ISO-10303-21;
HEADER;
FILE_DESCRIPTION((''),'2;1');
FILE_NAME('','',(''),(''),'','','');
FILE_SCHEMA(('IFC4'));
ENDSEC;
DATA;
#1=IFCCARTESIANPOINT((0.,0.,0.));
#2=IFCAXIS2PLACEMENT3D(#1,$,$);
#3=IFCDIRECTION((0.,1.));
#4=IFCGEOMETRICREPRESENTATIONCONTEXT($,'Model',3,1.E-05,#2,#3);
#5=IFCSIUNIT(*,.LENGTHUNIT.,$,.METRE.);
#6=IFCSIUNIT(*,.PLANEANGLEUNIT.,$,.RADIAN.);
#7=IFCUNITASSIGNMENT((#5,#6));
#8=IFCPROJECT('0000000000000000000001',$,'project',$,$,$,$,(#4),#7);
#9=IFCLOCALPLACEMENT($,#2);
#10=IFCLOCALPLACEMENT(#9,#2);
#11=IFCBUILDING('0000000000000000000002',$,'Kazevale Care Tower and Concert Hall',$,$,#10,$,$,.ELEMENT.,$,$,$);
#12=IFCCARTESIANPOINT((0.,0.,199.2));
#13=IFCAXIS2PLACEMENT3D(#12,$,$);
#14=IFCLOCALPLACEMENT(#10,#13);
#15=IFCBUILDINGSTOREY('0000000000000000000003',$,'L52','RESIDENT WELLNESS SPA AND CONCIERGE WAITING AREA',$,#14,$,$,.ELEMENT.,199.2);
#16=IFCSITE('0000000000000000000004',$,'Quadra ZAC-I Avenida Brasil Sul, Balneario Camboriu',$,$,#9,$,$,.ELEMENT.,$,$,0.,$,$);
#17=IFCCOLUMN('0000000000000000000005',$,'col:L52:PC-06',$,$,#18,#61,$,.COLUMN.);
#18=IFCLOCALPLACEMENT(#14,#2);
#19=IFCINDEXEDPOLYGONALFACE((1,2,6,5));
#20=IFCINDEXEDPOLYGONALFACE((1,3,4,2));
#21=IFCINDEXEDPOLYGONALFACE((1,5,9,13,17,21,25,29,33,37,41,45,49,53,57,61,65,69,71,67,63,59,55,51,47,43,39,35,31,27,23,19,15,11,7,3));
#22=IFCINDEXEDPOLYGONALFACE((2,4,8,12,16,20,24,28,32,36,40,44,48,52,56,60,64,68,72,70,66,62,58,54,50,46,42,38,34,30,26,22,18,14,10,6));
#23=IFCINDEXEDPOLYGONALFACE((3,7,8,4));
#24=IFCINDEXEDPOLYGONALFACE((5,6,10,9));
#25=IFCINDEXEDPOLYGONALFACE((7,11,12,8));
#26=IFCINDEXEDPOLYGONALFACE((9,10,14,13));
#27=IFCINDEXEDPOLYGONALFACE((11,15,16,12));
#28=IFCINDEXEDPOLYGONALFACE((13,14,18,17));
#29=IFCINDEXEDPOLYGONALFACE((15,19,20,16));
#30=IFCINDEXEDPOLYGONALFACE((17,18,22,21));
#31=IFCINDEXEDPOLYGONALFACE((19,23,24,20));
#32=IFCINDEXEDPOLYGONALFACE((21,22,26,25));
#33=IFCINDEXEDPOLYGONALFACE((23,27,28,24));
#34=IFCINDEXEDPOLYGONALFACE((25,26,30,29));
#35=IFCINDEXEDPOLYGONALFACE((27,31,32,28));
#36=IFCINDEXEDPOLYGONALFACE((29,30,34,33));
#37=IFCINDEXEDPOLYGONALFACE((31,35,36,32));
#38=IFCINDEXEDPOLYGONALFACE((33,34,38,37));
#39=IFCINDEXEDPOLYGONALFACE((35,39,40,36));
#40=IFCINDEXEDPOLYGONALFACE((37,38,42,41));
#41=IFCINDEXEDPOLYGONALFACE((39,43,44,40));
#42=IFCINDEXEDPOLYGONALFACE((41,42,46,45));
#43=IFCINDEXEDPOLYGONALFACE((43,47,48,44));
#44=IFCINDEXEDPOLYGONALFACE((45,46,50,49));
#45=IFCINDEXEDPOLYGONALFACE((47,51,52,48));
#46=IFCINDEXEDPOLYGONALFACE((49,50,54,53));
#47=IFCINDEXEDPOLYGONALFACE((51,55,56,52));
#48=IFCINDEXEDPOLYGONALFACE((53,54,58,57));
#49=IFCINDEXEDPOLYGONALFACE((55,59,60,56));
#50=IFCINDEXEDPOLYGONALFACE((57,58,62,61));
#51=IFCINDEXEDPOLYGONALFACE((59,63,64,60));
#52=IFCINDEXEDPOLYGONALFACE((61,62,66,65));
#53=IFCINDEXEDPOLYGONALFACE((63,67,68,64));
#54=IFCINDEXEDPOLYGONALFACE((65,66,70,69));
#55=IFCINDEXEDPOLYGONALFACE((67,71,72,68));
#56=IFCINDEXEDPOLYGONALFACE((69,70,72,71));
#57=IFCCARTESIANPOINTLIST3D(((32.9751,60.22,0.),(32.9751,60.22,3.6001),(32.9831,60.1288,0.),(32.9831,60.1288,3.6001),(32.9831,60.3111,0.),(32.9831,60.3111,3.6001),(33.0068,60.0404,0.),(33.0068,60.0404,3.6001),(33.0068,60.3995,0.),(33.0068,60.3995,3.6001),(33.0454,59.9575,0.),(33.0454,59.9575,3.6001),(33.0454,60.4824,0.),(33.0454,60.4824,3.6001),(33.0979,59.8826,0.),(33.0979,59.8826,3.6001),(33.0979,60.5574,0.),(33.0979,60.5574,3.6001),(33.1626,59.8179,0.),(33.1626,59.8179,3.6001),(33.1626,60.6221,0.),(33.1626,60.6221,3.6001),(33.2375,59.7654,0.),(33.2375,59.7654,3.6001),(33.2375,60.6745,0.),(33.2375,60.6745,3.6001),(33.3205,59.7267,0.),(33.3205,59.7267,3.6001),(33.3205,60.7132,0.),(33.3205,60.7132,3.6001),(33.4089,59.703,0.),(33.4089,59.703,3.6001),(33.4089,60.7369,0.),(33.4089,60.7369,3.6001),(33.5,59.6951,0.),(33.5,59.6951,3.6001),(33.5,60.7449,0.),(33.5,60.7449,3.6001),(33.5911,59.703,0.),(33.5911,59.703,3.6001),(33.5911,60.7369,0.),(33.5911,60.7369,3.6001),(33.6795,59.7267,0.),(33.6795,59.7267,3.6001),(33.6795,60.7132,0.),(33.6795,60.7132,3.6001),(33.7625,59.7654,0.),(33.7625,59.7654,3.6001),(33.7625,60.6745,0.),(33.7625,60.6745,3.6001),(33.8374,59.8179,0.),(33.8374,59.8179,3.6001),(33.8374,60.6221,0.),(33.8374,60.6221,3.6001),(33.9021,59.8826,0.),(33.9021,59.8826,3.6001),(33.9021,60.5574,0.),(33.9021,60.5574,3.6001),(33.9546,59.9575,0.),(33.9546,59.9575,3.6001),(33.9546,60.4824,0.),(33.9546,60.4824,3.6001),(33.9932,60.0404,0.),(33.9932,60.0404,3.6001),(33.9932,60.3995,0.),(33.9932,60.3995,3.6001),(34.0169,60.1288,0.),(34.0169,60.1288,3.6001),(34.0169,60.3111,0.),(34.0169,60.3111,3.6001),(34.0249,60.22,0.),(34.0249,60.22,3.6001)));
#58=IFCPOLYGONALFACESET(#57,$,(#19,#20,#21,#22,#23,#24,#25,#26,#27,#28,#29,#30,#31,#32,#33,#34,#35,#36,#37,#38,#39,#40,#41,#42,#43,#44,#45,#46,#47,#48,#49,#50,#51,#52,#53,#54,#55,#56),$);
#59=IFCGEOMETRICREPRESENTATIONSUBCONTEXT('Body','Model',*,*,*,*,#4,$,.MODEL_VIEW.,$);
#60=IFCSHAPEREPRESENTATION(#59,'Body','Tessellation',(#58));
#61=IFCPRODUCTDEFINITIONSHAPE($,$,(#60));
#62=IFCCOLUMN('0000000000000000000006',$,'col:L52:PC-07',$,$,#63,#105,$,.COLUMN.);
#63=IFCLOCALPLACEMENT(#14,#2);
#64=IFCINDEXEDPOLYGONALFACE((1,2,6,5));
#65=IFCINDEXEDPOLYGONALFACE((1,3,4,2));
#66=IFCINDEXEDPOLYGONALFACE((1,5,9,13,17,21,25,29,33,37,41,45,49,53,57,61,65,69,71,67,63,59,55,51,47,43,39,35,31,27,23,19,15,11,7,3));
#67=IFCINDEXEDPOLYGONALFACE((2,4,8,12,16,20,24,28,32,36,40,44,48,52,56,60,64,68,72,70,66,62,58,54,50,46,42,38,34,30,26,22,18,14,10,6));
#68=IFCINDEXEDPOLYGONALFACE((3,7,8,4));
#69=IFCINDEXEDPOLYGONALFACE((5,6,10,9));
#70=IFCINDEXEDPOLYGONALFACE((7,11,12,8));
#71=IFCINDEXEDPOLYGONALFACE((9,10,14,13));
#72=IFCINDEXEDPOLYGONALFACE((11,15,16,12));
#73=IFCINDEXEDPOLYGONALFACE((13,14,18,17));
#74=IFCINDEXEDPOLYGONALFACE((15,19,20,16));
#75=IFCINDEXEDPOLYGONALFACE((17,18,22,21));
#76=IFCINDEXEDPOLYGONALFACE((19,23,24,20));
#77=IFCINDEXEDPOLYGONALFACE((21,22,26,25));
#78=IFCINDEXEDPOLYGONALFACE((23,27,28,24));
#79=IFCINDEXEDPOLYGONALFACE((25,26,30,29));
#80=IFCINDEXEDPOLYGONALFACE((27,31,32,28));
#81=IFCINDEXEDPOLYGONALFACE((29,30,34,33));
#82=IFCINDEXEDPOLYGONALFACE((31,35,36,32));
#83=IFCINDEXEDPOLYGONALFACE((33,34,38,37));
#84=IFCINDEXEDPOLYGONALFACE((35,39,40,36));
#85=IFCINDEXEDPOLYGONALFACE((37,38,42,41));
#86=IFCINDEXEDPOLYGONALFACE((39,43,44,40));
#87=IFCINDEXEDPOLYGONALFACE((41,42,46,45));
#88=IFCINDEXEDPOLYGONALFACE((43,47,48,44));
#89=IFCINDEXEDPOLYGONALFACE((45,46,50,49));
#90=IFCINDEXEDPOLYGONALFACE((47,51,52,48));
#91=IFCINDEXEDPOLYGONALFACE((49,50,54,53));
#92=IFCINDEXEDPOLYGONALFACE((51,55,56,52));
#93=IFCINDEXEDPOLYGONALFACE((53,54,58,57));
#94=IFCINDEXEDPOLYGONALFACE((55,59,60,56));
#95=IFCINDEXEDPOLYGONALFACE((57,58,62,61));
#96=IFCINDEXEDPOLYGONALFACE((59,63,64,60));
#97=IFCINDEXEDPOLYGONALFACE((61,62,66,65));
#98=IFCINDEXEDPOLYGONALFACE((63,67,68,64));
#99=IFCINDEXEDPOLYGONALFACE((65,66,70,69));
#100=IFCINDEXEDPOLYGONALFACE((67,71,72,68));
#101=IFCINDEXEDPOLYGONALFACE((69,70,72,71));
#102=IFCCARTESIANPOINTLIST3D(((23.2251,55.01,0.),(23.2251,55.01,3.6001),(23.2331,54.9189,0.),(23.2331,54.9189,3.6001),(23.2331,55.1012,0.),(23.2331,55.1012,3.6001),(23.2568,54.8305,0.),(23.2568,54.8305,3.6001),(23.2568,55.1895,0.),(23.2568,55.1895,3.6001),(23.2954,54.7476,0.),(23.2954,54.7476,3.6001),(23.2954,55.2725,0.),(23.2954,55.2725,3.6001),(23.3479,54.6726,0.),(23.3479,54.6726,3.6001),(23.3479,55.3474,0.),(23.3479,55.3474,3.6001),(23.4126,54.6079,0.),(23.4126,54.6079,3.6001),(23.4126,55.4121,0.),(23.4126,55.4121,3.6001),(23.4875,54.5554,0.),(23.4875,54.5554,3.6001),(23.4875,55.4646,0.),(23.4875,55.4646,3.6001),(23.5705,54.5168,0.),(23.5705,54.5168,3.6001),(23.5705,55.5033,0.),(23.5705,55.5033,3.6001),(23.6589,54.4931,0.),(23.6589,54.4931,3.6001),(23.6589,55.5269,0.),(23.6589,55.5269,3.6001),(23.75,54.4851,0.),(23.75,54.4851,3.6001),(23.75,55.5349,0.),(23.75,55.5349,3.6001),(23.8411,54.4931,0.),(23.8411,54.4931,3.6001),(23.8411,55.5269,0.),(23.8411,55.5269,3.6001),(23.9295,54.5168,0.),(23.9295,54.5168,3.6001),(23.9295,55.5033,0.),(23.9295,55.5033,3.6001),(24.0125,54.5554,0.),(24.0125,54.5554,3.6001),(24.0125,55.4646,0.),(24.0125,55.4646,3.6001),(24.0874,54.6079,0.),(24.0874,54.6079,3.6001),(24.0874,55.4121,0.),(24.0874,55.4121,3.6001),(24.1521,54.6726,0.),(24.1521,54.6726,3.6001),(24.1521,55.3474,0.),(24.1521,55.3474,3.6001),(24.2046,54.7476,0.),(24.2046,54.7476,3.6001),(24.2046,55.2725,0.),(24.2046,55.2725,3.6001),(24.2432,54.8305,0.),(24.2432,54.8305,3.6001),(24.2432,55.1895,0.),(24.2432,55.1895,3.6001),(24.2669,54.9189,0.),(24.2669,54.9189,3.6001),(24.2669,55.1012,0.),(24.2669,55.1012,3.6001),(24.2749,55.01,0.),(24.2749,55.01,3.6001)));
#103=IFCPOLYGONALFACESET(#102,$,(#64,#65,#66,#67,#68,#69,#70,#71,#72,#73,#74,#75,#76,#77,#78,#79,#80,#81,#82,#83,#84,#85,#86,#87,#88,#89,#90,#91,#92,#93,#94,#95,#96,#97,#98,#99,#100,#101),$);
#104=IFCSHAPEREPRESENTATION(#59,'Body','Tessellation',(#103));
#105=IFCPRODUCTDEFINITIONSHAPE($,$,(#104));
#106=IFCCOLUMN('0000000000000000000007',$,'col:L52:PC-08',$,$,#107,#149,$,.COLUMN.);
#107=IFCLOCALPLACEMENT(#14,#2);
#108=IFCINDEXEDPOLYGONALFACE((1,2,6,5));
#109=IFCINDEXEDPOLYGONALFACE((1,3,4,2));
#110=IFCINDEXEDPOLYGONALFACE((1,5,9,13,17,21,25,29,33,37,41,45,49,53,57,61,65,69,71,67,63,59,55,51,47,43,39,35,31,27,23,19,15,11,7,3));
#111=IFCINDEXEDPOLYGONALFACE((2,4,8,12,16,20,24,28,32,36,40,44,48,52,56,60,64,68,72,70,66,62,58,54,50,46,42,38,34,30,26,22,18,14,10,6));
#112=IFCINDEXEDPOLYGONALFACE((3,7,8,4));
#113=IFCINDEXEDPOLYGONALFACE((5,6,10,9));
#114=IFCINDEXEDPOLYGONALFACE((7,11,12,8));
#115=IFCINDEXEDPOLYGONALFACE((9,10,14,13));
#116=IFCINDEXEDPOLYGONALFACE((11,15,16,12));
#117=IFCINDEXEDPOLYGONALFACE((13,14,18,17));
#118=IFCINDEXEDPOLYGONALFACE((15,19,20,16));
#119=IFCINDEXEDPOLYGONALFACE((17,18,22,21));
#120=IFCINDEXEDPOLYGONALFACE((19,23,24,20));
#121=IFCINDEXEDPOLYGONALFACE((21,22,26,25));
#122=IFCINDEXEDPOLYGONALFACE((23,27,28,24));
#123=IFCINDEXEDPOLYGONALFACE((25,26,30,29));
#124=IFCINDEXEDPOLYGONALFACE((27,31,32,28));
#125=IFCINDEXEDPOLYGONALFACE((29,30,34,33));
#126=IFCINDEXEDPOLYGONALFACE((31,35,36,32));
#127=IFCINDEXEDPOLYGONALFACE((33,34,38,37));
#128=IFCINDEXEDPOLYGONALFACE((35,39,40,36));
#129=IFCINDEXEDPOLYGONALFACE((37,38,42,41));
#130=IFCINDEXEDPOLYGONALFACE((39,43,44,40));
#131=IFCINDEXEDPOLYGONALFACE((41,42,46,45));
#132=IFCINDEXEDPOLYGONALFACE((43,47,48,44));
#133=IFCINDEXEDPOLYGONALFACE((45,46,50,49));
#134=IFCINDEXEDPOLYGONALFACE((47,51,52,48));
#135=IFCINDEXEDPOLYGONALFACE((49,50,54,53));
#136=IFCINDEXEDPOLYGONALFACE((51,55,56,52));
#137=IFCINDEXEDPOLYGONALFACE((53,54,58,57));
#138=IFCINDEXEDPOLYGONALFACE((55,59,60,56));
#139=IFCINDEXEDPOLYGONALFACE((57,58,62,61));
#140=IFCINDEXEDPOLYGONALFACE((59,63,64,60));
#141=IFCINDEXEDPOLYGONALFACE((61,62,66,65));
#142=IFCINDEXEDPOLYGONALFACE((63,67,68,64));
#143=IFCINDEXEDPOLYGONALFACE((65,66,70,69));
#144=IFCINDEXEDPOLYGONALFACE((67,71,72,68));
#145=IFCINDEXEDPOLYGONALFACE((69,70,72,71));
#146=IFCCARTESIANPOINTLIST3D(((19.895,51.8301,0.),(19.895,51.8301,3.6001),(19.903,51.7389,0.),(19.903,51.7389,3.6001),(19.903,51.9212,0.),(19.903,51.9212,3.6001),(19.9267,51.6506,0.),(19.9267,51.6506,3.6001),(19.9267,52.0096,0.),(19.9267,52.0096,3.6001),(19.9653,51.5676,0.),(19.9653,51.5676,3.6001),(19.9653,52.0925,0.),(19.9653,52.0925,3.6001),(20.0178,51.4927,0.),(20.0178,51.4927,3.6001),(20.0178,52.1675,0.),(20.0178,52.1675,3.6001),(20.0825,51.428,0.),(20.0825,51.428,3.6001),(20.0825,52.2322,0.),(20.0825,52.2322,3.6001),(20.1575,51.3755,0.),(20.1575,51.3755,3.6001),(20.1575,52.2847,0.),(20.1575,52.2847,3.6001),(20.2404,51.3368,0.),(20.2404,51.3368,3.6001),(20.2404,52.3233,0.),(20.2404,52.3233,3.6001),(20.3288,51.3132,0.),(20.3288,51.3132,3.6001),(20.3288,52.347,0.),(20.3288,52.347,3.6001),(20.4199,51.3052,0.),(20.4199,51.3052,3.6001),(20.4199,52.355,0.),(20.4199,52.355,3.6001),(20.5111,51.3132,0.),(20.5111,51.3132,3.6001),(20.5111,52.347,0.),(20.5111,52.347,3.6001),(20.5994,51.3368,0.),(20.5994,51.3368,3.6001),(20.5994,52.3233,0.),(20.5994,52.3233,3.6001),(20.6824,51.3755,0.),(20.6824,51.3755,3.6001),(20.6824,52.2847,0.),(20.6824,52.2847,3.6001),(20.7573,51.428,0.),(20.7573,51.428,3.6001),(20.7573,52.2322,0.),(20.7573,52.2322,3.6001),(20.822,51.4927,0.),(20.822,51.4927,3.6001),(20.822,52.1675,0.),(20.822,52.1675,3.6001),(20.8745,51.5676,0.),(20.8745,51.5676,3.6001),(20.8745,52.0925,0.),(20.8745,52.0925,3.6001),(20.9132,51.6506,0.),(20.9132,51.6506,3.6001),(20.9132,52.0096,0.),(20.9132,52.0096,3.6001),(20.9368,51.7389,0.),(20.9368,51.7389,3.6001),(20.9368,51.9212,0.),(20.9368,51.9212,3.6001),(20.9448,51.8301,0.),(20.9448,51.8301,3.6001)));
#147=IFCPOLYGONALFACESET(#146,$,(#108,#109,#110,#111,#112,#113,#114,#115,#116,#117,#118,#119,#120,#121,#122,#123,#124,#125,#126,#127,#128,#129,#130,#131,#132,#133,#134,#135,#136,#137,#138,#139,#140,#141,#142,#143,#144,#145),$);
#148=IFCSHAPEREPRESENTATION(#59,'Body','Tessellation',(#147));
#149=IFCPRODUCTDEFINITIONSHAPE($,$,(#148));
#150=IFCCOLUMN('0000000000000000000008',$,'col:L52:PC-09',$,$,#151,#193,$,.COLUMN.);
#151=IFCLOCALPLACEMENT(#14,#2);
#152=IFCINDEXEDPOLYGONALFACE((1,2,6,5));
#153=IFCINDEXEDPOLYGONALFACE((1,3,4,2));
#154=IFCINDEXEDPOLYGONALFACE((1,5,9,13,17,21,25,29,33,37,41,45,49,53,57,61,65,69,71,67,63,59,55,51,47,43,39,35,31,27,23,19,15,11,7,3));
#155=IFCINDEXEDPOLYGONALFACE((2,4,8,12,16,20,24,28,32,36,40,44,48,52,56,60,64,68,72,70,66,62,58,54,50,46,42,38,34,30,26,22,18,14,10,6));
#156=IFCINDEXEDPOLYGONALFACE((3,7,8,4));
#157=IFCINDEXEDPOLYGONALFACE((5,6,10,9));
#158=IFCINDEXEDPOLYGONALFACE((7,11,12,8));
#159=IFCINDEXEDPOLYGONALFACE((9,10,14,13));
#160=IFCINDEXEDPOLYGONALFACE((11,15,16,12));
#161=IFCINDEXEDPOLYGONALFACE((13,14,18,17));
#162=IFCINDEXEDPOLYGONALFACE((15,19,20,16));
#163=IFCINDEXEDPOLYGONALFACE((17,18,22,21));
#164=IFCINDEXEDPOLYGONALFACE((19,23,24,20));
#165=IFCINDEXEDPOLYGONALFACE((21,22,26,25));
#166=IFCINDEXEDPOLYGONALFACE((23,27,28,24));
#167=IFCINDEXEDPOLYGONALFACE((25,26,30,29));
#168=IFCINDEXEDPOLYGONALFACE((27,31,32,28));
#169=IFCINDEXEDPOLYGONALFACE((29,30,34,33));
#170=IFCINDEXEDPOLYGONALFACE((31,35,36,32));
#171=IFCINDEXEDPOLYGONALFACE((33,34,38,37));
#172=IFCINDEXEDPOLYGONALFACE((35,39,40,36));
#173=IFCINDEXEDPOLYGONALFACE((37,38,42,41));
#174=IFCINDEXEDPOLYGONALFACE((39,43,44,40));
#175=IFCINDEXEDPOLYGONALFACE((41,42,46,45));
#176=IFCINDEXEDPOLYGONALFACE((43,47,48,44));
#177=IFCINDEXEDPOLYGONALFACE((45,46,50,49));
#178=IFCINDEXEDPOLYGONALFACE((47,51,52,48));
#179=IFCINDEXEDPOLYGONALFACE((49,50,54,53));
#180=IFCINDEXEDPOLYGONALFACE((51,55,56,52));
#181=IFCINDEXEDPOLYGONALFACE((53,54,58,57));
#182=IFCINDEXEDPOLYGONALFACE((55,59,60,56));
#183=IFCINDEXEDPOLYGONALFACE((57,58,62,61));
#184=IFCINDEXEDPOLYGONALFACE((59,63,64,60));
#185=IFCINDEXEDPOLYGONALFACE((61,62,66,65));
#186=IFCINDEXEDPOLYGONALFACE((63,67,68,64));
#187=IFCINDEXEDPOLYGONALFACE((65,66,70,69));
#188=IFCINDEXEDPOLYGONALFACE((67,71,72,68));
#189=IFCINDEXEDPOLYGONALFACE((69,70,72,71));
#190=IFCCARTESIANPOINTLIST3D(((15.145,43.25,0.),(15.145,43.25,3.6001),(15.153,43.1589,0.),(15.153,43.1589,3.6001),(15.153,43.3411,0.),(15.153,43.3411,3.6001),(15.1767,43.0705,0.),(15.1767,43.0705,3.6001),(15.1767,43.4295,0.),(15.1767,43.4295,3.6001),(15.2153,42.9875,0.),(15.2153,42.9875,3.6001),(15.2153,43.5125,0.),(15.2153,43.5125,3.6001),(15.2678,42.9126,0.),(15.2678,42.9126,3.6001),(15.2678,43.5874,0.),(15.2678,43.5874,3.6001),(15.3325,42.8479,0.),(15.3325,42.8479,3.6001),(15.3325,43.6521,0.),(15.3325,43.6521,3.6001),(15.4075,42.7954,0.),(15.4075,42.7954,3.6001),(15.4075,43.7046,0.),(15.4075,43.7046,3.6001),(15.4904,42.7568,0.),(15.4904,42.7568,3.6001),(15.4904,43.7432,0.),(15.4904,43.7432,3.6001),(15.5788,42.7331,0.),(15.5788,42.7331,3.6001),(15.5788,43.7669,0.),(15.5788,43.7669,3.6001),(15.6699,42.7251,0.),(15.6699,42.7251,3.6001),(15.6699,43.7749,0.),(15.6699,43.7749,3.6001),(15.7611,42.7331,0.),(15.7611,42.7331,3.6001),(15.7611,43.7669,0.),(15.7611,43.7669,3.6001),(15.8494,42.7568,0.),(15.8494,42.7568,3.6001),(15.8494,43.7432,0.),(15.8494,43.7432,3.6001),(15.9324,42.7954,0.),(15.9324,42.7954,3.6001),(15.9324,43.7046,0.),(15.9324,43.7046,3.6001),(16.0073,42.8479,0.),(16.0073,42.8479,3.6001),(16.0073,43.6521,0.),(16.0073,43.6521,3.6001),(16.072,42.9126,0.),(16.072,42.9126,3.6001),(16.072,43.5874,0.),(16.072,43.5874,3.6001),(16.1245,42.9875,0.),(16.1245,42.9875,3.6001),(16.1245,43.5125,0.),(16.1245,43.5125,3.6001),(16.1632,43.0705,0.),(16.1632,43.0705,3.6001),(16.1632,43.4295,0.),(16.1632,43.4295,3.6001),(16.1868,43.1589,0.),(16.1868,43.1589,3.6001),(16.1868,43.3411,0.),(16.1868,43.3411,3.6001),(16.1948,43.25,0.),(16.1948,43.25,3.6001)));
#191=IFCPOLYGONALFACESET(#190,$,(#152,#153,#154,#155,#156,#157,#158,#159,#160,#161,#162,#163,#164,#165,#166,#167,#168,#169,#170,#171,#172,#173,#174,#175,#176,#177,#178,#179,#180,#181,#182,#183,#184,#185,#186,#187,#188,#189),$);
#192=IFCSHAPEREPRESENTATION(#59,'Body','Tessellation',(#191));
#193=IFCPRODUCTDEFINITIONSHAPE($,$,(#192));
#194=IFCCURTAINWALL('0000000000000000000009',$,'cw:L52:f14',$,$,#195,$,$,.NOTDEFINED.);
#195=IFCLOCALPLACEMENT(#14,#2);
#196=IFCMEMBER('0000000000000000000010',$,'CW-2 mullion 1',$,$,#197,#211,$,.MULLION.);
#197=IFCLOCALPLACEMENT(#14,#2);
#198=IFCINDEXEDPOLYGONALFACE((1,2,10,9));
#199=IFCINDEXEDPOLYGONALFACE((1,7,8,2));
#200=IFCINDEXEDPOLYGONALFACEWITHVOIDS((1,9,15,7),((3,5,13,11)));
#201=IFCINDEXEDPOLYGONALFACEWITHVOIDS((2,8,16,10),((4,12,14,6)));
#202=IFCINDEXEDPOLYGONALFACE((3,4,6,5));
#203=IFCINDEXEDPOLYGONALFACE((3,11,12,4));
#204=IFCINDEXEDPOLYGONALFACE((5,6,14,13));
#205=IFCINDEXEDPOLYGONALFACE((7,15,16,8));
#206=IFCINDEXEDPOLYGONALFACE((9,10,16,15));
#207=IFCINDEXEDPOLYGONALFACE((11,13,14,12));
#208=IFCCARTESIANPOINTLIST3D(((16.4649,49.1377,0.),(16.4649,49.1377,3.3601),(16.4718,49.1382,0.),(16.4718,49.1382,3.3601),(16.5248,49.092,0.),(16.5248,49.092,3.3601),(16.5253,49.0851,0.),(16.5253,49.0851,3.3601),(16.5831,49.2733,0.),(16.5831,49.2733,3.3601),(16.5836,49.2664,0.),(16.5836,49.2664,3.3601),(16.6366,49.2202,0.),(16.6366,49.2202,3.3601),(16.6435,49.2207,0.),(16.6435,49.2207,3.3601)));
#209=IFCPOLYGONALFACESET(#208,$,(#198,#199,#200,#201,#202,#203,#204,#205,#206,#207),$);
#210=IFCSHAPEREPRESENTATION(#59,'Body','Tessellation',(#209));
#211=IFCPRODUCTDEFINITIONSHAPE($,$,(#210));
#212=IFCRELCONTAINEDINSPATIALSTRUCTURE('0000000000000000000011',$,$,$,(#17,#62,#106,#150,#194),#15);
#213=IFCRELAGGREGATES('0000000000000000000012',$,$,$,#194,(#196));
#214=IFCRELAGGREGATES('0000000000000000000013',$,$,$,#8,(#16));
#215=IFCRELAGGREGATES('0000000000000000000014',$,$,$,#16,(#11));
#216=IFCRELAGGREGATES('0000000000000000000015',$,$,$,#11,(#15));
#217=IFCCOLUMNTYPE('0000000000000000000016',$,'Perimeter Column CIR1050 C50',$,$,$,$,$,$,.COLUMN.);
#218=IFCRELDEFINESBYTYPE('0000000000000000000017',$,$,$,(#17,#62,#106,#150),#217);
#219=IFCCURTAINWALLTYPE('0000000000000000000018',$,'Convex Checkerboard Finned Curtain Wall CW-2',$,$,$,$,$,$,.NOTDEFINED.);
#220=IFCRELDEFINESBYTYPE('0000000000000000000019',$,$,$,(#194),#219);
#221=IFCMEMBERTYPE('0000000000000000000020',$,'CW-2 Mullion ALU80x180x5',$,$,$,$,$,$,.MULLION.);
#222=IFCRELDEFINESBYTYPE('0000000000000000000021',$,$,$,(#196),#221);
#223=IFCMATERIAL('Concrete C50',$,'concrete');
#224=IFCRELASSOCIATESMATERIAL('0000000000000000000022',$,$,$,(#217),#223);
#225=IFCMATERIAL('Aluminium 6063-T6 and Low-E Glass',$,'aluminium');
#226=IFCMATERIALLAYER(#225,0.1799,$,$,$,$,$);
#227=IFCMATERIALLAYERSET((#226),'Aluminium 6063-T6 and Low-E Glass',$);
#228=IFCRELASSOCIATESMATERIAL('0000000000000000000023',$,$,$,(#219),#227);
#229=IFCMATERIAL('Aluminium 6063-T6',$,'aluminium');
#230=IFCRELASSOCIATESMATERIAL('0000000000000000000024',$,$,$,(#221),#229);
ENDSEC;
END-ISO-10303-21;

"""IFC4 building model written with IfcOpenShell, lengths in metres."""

from ifc_helpers import new_model, si_unit, direction, frame, origin, origin_2d, place, context, subcontext, project, spatial, hollow_rectangle, circle, extrude, material, layer, layer_set, material_profile, profile_set, type_object, element, aggregate, save


model = new_model("IFC4")

# Units and contexts
model_context = context("Model", 3, precision=1e-05, world=origin(), true_north=direction((0.0, 1.0)))
body_context = subcontext(model_context, "Body", "Model", "MODEL_VIEW")
ifc_project = project(units=[si_unit("LENGTHUNIT", "METRE"), si_unit("PLANEANGLEUNIT", "RADIAN")], contexts=[model_context])

# Site, building, storey
site_placement = place(None, origin())
site = spatial("IfcSite", under=ifc_project, at=site_placement, Name="Quadra ZAC-I Avenida Brasil Sul, Balneario Camboriu", CompositionType="ELEMENT", RefElevation=0.0)
building_placement = place(site_placement, origin())
building = spatial("IfcBuilding", under=site, at=building_placement, Name="Kazevale Care Tower and Concert Hall", CompositionType="ELEMENT")
storey_placement = place(building_placement, frame((0.0, 0.0, 199.2)))
storey = spatial("IfcBuildingStorey", under=building, at=storey_placement, Name="L52", Description="RESIDENT WELLNESS SPA AND CONCIERGE WAITING AREA", CompositionType="ELEMENT", Elevation=199.2)

# Columns
ifc_material_1 = material(Name="Concrete C50", Category="concrete")
ifc_material_profile_1 = material_profile(ifc_material_1, circle(Radius=0.5249, at=origin_2d()), Name="RC-CIR1050")
ifc_profile_set_1 = profile_set([ifc_material_profile_1], Name="Concrete C50")
column_type = type_object("IfcColumnType", Name="Perimeter Column CIR1050 C50", PredefinedType="COLUMN", material=ifc_profile_set_1)
for number, where, z_axis, x_axis, name in (
    (1, (33.5, 60.22, 0.0), (0.0, 0.0, 1.0), (1.0, 0.0, 0.0), "col:L52:PC-06"),
    (2, (23.75, 55.01, 0.0), (0.0, 0.0, 1.0), (1.0, 0.0, 0.0), "col:L52:PC-07"),
    (3, (20.4199, 51.8301, 0.0), (0.0, 0.0, 1.0), (1.0, 0.0, 0.0), "col:L52:PC-08"),
    (4, (15.6699, 43.25, 0.0), (0.0, 0.0, 1.0), (1.0, 0.0, 0.0), "col:L52:PC-09"),
):
    element("IfcColumn", number, at=place(storey_placement, frame(where, z_axis=z_axis, x_axis=x_axis)), inside=storey, type_object=column_type, Name=name, PredefinedType="COLUMN", context=body_context, shape_type="SweptSolid", body=[
        extrude(circle(Radius=0.5249, at=origin_2d()), origin(), (0.0, 0.0, 1.0), 3.6001),
    ])

# Curtain wall, member
ifc_material_2 = material(Name="Aluminium 6063-T6 and Low-E Glass", Category="aluminium")
ifc_layer_1 = layer(ifc_material_2, 0.1799)
ifc_layer_set_1 = layer_set([ifc_layer_1], Name="Aluminium 6063-T6 and Low-E Glass")
curtain_wall_type_1 = type_object("IfcCurtainWallType", Name="Convex Checkerboard Finned Curtain Wall CW-2", PredefinedType="NOTDEFINED", material=ifc_layer_set_1)
curtain_wall_1_placement = place(storey_placement, origin())
curtain_wall_1 = element("IfcCurtainWall", 5, at=curtain_wall_1_placement, inside=storey, type_object=curtain_wall_type_1, Name="cw:L52:f14", PredefinedType="NOTDEFINED")
ifc_material_3 = material(Name="Aluminium 6063-T6", Category="aluminium")
ifc_material_profile_2 = material_profile(ifc_material_3, hollow_rectangle(XDim=0.0801, YDim=0.1799, WallThickness=0.0049, at=origin_2d()), Name="ALU80x180x5")
ifc_profile_set_2 = profile_set([ifc_material_profile_2], Name="Aluminium 6063-T6")
member_type_1 = type_object("IfcMemberType", Name="CW-2 Mullion ALU80x180x5", PredefinedType="MULLION", material=ifc_profile_set_2)
member_1_placement = place(storey_placement, frame((16.5542, 49.1792, 0.0), z_axis=(0.0, 0.0, 1.0), x_axis=(-0.753738, 0.657175, 0.0)))
member_1 = element("IfcMember", 6, at=member_1_placement, type_object=member_type_1, Name="CW-2 mullion 1", PredefinedType="MULLION", context=body_context, shape_type="SweptSolid", body=[
    extrude(hollow_rectangle(XDim=0.0801, YDim=0.1799, WallThickness=0.0049, at=origin_2d()), origin(), (0.0, 0.0, 1.0), 3.3601),
])

aggregate(curtain_wall_1, [member_1])

save(model, "model.ifc")
